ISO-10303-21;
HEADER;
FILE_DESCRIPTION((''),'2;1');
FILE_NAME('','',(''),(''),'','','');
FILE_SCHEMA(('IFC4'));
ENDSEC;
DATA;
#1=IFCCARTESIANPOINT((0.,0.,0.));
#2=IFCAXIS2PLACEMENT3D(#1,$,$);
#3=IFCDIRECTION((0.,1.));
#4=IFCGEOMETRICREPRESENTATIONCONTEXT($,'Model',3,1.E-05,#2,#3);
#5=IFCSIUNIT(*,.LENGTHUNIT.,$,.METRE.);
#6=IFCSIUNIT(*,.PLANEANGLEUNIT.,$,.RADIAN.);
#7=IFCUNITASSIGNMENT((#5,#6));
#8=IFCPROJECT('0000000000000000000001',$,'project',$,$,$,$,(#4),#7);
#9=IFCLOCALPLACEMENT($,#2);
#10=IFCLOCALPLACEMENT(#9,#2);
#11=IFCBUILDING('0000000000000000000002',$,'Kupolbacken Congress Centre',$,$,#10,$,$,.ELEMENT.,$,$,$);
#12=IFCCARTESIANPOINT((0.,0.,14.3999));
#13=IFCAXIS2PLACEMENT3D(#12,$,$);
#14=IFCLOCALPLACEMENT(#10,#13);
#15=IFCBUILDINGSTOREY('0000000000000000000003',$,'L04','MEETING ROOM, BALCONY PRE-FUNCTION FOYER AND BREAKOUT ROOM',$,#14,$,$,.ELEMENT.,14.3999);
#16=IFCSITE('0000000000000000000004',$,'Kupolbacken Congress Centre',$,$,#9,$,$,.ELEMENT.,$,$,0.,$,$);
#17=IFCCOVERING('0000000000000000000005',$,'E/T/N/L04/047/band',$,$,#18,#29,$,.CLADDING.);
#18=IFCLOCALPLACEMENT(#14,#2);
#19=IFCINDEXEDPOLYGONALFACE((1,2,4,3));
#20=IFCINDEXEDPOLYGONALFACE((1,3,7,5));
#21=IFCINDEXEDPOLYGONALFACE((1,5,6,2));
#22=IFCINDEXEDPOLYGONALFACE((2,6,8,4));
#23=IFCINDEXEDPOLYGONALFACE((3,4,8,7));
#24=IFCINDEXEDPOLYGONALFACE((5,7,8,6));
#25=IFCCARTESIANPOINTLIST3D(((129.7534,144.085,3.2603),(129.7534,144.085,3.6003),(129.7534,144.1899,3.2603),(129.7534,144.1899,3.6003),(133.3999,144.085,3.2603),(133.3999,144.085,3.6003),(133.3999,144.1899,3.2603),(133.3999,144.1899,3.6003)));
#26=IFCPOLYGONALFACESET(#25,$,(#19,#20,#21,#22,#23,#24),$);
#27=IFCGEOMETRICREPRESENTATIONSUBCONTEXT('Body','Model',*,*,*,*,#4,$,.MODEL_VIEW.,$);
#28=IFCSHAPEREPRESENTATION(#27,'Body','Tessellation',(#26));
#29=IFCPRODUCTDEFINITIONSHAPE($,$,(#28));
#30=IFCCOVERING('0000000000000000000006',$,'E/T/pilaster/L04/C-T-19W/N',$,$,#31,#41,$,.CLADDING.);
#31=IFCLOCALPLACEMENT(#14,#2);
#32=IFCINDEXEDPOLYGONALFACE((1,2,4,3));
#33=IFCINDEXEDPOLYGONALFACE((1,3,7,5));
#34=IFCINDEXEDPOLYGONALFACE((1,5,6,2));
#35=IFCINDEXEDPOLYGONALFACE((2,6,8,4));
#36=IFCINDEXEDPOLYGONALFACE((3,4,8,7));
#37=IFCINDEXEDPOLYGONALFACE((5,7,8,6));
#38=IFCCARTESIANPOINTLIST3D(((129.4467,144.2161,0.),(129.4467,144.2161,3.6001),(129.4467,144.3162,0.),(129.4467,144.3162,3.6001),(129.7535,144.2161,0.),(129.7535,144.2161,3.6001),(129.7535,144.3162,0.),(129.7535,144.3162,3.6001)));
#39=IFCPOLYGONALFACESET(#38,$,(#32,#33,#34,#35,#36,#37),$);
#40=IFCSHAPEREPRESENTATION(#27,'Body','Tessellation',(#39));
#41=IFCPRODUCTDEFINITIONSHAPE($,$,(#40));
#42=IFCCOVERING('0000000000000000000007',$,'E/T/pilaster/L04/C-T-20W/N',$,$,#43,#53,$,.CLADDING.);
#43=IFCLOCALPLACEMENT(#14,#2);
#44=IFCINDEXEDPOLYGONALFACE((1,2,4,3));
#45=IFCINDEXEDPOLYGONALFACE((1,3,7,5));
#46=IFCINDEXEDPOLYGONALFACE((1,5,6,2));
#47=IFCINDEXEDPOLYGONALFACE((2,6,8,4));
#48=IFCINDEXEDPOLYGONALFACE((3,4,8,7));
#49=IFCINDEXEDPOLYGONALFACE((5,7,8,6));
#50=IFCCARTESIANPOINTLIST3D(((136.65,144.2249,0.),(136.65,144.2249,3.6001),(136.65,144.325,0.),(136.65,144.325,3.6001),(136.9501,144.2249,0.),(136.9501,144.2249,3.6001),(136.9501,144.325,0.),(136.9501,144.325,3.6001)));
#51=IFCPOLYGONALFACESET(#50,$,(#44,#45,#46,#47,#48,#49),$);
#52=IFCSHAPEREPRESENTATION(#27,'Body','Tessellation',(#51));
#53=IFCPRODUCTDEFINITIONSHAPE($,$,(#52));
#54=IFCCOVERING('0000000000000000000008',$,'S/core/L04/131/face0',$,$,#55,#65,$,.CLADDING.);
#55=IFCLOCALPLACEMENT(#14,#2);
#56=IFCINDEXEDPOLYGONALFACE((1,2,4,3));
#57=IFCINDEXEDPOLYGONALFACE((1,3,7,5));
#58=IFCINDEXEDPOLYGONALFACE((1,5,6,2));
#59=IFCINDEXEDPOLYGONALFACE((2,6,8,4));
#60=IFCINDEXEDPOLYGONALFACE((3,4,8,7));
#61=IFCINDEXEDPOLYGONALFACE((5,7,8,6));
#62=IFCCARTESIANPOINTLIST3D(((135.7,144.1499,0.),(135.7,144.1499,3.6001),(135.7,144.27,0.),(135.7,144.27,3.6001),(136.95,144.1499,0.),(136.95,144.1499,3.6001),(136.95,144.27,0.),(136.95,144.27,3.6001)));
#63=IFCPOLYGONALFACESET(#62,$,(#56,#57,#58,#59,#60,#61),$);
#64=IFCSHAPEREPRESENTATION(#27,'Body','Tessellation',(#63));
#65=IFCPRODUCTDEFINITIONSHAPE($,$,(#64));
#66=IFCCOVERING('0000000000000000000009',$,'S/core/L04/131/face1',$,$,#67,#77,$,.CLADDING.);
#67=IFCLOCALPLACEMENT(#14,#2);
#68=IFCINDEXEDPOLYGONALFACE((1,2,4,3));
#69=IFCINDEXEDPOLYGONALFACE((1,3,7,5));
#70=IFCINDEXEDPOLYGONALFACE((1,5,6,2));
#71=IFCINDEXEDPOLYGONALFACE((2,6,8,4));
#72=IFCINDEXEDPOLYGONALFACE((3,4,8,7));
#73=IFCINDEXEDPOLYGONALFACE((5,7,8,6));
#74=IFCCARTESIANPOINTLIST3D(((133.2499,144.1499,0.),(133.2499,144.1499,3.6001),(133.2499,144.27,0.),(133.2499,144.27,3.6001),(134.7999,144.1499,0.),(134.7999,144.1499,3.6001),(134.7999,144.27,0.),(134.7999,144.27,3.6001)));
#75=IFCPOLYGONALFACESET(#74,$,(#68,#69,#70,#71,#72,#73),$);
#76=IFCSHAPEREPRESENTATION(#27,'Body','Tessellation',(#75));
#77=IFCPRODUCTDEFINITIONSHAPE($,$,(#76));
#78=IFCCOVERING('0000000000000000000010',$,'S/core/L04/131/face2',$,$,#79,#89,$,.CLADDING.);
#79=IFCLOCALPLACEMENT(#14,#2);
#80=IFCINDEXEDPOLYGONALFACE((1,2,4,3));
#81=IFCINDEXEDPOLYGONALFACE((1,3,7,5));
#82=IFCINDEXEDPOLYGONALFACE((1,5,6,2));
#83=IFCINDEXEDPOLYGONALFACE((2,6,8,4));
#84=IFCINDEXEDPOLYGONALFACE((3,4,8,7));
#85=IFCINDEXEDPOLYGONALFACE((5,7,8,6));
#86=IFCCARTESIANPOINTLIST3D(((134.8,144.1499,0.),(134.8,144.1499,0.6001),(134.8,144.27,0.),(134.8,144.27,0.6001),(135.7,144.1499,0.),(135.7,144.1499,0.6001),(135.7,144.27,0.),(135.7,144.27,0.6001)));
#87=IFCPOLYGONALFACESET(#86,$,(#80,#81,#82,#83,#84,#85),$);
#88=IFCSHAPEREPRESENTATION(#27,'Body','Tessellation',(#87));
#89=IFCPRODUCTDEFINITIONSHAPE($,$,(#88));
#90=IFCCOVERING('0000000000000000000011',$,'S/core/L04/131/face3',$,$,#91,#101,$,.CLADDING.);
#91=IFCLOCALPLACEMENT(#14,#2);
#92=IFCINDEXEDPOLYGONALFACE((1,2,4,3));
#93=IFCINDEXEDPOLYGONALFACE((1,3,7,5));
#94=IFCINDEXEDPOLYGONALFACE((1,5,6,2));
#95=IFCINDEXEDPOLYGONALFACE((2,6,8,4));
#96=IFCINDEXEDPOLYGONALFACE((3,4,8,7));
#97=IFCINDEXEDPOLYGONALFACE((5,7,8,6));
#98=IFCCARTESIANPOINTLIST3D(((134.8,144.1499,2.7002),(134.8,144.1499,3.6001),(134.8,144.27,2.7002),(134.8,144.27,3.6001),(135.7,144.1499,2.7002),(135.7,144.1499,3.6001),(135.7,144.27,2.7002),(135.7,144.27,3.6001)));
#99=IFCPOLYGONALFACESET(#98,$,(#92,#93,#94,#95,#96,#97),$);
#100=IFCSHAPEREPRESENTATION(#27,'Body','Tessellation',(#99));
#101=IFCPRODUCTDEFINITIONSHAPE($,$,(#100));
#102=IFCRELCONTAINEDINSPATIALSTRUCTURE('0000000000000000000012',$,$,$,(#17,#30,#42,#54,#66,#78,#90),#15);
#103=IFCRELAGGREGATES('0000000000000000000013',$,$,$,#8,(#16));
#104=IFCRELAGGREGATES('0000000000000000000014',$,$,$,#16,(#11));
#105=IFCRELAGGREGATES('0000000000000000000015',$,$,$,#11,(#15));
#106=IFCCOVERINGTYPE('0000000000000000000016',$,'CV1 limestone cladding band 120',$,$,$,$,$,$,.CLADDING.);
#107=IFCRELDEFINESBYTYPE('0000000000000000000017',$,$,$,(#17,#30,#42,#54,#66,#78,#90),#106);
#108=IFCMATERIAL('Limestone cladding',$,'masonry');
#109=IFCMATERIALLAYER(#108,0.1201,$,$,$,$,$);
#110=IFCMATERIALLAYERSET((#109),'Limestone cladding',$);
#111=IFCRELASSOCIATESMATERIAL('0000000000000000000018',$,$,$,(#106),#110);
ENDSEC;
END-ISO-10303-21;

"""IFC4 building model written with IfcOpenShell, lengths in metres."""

from ifc_helpers import new_model, si_unit, direction, frame, origin, origin_2d, place, context, subcontext, project, spatial, rectangle, extrude, material, layer, layer_set, type_object, element, save


model = new_model("IFC4")

# Units and contexts
model_context = context("Model", 3, precision=1e-05, world=origin(), true_north=direction((0.0, 1.0)))
body_context = subcontext(model_context, "Body", "Model", "MODEL_VIEW")
ifc_project = project(units=[si_unit("LENGTHUNIT", "METRE"), si_unit("PLANEANGLEUNIT", "RADIAN")], contexts=[model_context])

# Site, building, storey
site_placement = place(None, origin())
site = spatial("IfcSite", under=ifc_project, at=site_placement, Name="Kupolbacken Congress Centre", CompositionType="ELEMENT", RefElevation=0.0)
building_placement = place(site_placement, origin())
building = spatial("IfcBuilding", under=site, at=building_placement, Name="Kupolbacken Congress Centre", CompositionType="ELEMENT")
storey_placement = place(building_placement, frame((0.0, 0.0, 14.3999)))
storey = spatial("IfcBuildingStorey", under=building, at=storey_placement, Name="L04", Description="MEETING ROOM, BALCONY PRE-FUNCTION FOYER AND BREAKOUT ROOM", CompositionType="ELEMENT", Elevation=14.3999)

# Coverings
ifc_material_1 = material(Name="Limestone cladding", Category="masonry")
ifc_layer_1 = layer(ifc_material_1, 0.1201)
ifc_layer_set_1 = layer_set([ifc_layer_1], Name="Limestone cladding")
covering_type = type_object("IfcCoveringType", Name="CV1 limestone cladding band 120", PredefinedType="CLADDING", material=ifc_layer_set_1)
covering_1_placement = place(storey_placement, frame((131.5767, 144.1375, 3.2603), z_axis=(0.0, 0.0, 1.0), x_axis=(-1.0, 0.0, 0.0)))
element("IfcCovering", 1, at=covering_1_placement, inside=storey, type_object=covering_type, Name="E/T/N/L04/047/band", PredefinedType="CLADDING", context=body_context, shape_type="SweptSolid", body=[
    extrude(rectangle(XDim=3.6465, YDim=0.105, at=origin_2d()), origin(), (0.0, 0.0, 1.0), 0.3401),
])
covering_2_placement = place(storey_placement, frame((129.6001, 144.2661, 0.0), z_axis=(0.0, 0.0, 1.0), x_axis=(1.0, 0.0, 0.0)))
element("IfcCovering", 2, at=covering_2_placement, inside=storey, type_object=covering_type, Name="E/T/pilaster/L04/C-T-19W/N", PredefinedType="CLADDING", context=body_context, shape_type="SweptSolid", body=[
    extrude(rectangle(XDim=0.3069, YDim=0.1001, at=origin_2d()), origin(), (0.0, 0.0, 1.0), 3.6001),
])
covering_3_placement = place(storey_placement, frame((136.8, 144.2749, 0.0), z_axis=(0.0, 0.0, 1.0), x_axis=(1.0, 0.0, 0.0)))
element("IfcCovering", 3, at=covering_3_placement, inside=storey, type_object=covering_type, Name="E/T/pilaster/L04/C-T-20W/N", PredefinedType="CLADDING", context=body_context, shape_type="SweptSolid", body=[
    extrude(rectangle(XDim=0.3, YDim=0.1001, at=origin_2d()), origin(), (0.0, 0.0, 1.0), 3.6001),
])
covering_4_placement = place(storey_placement, frame((136.325, 144.21, 0.0), z_axis=(0.0, 0.0, 1.0), x_axis=(-1.0, 0.0, 0.0)))
element("IfcCovering", 4, at=covering_4_placement, inside=storey, type_object=covering_type, Name="S/core/L04/131/face0", PredefinedType="CLADDING", context=body_context, shape_type="SweptSolid", body=[
    extrude(rectangle(XDim=1.25, YDim=0.1201, at=origin_2d()), origin(), (0.0, 0.0, 1.0), 3.6001),
])
covering_5_placement = place(storey_placement, frame((134.0249, 144.21, 0.0), z_axis=(0.0, 0.0, 1.0), x_axis=(-1.0, 0.0, 0.0)))
element("IfcCovering", 5, at=covering_5_placement, inside=storey, type_object=covering_type, Name="S/core/L04/131/face1", PredefinedType="CLADDING", context=body_context, shape_type="SweptSolid", body=[
    extrude(rectangle(XDim=1.55, YDim=0.1201, at=origin_2d()), origin(), (0.0, 0.0, 1.0), 3.6001),
])
covering_6_placement = place(storey_placement, frame((135.25, 144.21, 0.0), z_axis=(0.0, 0.0, 1.0), x_axis=(-1.0, 0.0, 0.0)))
element("IfcCovering", 6, at=covering_6_placement, inside=storey, type_object=covering_type, Name="S/core/L04/131/face2", PredefinedType="CLADDING", context=body_context, shape_type="SweptSolid", body=[
    extrude(rectangle(XDim=0.8999, YDim=0.1201, at=origin_2d()), origin(), (0.0, 0.0, 1.0), 0.6001),
])
covering_7_placement = place(storey_placement, frame((135.25, 144.21, 2.7002), z_axis=(0.0, 0.0, 1.0), x_axis=(-1.0, 0.0, 0.0)))
element("IfcCovering", 7, at=covering_7_placement, inside=storey, type_object=covering_type, Name="S/core/L04/131/face3", PredefinedType="CLADDING", context=body_context, shape_type="SweptSolid", body=[
    extrude(rectangle(XDim=0.8999, YDim=0.1201, at=origin_2d()), origin(), (0.0, 0.0, 1.0), 0.8999),
])

save(model, "model.ifc")
